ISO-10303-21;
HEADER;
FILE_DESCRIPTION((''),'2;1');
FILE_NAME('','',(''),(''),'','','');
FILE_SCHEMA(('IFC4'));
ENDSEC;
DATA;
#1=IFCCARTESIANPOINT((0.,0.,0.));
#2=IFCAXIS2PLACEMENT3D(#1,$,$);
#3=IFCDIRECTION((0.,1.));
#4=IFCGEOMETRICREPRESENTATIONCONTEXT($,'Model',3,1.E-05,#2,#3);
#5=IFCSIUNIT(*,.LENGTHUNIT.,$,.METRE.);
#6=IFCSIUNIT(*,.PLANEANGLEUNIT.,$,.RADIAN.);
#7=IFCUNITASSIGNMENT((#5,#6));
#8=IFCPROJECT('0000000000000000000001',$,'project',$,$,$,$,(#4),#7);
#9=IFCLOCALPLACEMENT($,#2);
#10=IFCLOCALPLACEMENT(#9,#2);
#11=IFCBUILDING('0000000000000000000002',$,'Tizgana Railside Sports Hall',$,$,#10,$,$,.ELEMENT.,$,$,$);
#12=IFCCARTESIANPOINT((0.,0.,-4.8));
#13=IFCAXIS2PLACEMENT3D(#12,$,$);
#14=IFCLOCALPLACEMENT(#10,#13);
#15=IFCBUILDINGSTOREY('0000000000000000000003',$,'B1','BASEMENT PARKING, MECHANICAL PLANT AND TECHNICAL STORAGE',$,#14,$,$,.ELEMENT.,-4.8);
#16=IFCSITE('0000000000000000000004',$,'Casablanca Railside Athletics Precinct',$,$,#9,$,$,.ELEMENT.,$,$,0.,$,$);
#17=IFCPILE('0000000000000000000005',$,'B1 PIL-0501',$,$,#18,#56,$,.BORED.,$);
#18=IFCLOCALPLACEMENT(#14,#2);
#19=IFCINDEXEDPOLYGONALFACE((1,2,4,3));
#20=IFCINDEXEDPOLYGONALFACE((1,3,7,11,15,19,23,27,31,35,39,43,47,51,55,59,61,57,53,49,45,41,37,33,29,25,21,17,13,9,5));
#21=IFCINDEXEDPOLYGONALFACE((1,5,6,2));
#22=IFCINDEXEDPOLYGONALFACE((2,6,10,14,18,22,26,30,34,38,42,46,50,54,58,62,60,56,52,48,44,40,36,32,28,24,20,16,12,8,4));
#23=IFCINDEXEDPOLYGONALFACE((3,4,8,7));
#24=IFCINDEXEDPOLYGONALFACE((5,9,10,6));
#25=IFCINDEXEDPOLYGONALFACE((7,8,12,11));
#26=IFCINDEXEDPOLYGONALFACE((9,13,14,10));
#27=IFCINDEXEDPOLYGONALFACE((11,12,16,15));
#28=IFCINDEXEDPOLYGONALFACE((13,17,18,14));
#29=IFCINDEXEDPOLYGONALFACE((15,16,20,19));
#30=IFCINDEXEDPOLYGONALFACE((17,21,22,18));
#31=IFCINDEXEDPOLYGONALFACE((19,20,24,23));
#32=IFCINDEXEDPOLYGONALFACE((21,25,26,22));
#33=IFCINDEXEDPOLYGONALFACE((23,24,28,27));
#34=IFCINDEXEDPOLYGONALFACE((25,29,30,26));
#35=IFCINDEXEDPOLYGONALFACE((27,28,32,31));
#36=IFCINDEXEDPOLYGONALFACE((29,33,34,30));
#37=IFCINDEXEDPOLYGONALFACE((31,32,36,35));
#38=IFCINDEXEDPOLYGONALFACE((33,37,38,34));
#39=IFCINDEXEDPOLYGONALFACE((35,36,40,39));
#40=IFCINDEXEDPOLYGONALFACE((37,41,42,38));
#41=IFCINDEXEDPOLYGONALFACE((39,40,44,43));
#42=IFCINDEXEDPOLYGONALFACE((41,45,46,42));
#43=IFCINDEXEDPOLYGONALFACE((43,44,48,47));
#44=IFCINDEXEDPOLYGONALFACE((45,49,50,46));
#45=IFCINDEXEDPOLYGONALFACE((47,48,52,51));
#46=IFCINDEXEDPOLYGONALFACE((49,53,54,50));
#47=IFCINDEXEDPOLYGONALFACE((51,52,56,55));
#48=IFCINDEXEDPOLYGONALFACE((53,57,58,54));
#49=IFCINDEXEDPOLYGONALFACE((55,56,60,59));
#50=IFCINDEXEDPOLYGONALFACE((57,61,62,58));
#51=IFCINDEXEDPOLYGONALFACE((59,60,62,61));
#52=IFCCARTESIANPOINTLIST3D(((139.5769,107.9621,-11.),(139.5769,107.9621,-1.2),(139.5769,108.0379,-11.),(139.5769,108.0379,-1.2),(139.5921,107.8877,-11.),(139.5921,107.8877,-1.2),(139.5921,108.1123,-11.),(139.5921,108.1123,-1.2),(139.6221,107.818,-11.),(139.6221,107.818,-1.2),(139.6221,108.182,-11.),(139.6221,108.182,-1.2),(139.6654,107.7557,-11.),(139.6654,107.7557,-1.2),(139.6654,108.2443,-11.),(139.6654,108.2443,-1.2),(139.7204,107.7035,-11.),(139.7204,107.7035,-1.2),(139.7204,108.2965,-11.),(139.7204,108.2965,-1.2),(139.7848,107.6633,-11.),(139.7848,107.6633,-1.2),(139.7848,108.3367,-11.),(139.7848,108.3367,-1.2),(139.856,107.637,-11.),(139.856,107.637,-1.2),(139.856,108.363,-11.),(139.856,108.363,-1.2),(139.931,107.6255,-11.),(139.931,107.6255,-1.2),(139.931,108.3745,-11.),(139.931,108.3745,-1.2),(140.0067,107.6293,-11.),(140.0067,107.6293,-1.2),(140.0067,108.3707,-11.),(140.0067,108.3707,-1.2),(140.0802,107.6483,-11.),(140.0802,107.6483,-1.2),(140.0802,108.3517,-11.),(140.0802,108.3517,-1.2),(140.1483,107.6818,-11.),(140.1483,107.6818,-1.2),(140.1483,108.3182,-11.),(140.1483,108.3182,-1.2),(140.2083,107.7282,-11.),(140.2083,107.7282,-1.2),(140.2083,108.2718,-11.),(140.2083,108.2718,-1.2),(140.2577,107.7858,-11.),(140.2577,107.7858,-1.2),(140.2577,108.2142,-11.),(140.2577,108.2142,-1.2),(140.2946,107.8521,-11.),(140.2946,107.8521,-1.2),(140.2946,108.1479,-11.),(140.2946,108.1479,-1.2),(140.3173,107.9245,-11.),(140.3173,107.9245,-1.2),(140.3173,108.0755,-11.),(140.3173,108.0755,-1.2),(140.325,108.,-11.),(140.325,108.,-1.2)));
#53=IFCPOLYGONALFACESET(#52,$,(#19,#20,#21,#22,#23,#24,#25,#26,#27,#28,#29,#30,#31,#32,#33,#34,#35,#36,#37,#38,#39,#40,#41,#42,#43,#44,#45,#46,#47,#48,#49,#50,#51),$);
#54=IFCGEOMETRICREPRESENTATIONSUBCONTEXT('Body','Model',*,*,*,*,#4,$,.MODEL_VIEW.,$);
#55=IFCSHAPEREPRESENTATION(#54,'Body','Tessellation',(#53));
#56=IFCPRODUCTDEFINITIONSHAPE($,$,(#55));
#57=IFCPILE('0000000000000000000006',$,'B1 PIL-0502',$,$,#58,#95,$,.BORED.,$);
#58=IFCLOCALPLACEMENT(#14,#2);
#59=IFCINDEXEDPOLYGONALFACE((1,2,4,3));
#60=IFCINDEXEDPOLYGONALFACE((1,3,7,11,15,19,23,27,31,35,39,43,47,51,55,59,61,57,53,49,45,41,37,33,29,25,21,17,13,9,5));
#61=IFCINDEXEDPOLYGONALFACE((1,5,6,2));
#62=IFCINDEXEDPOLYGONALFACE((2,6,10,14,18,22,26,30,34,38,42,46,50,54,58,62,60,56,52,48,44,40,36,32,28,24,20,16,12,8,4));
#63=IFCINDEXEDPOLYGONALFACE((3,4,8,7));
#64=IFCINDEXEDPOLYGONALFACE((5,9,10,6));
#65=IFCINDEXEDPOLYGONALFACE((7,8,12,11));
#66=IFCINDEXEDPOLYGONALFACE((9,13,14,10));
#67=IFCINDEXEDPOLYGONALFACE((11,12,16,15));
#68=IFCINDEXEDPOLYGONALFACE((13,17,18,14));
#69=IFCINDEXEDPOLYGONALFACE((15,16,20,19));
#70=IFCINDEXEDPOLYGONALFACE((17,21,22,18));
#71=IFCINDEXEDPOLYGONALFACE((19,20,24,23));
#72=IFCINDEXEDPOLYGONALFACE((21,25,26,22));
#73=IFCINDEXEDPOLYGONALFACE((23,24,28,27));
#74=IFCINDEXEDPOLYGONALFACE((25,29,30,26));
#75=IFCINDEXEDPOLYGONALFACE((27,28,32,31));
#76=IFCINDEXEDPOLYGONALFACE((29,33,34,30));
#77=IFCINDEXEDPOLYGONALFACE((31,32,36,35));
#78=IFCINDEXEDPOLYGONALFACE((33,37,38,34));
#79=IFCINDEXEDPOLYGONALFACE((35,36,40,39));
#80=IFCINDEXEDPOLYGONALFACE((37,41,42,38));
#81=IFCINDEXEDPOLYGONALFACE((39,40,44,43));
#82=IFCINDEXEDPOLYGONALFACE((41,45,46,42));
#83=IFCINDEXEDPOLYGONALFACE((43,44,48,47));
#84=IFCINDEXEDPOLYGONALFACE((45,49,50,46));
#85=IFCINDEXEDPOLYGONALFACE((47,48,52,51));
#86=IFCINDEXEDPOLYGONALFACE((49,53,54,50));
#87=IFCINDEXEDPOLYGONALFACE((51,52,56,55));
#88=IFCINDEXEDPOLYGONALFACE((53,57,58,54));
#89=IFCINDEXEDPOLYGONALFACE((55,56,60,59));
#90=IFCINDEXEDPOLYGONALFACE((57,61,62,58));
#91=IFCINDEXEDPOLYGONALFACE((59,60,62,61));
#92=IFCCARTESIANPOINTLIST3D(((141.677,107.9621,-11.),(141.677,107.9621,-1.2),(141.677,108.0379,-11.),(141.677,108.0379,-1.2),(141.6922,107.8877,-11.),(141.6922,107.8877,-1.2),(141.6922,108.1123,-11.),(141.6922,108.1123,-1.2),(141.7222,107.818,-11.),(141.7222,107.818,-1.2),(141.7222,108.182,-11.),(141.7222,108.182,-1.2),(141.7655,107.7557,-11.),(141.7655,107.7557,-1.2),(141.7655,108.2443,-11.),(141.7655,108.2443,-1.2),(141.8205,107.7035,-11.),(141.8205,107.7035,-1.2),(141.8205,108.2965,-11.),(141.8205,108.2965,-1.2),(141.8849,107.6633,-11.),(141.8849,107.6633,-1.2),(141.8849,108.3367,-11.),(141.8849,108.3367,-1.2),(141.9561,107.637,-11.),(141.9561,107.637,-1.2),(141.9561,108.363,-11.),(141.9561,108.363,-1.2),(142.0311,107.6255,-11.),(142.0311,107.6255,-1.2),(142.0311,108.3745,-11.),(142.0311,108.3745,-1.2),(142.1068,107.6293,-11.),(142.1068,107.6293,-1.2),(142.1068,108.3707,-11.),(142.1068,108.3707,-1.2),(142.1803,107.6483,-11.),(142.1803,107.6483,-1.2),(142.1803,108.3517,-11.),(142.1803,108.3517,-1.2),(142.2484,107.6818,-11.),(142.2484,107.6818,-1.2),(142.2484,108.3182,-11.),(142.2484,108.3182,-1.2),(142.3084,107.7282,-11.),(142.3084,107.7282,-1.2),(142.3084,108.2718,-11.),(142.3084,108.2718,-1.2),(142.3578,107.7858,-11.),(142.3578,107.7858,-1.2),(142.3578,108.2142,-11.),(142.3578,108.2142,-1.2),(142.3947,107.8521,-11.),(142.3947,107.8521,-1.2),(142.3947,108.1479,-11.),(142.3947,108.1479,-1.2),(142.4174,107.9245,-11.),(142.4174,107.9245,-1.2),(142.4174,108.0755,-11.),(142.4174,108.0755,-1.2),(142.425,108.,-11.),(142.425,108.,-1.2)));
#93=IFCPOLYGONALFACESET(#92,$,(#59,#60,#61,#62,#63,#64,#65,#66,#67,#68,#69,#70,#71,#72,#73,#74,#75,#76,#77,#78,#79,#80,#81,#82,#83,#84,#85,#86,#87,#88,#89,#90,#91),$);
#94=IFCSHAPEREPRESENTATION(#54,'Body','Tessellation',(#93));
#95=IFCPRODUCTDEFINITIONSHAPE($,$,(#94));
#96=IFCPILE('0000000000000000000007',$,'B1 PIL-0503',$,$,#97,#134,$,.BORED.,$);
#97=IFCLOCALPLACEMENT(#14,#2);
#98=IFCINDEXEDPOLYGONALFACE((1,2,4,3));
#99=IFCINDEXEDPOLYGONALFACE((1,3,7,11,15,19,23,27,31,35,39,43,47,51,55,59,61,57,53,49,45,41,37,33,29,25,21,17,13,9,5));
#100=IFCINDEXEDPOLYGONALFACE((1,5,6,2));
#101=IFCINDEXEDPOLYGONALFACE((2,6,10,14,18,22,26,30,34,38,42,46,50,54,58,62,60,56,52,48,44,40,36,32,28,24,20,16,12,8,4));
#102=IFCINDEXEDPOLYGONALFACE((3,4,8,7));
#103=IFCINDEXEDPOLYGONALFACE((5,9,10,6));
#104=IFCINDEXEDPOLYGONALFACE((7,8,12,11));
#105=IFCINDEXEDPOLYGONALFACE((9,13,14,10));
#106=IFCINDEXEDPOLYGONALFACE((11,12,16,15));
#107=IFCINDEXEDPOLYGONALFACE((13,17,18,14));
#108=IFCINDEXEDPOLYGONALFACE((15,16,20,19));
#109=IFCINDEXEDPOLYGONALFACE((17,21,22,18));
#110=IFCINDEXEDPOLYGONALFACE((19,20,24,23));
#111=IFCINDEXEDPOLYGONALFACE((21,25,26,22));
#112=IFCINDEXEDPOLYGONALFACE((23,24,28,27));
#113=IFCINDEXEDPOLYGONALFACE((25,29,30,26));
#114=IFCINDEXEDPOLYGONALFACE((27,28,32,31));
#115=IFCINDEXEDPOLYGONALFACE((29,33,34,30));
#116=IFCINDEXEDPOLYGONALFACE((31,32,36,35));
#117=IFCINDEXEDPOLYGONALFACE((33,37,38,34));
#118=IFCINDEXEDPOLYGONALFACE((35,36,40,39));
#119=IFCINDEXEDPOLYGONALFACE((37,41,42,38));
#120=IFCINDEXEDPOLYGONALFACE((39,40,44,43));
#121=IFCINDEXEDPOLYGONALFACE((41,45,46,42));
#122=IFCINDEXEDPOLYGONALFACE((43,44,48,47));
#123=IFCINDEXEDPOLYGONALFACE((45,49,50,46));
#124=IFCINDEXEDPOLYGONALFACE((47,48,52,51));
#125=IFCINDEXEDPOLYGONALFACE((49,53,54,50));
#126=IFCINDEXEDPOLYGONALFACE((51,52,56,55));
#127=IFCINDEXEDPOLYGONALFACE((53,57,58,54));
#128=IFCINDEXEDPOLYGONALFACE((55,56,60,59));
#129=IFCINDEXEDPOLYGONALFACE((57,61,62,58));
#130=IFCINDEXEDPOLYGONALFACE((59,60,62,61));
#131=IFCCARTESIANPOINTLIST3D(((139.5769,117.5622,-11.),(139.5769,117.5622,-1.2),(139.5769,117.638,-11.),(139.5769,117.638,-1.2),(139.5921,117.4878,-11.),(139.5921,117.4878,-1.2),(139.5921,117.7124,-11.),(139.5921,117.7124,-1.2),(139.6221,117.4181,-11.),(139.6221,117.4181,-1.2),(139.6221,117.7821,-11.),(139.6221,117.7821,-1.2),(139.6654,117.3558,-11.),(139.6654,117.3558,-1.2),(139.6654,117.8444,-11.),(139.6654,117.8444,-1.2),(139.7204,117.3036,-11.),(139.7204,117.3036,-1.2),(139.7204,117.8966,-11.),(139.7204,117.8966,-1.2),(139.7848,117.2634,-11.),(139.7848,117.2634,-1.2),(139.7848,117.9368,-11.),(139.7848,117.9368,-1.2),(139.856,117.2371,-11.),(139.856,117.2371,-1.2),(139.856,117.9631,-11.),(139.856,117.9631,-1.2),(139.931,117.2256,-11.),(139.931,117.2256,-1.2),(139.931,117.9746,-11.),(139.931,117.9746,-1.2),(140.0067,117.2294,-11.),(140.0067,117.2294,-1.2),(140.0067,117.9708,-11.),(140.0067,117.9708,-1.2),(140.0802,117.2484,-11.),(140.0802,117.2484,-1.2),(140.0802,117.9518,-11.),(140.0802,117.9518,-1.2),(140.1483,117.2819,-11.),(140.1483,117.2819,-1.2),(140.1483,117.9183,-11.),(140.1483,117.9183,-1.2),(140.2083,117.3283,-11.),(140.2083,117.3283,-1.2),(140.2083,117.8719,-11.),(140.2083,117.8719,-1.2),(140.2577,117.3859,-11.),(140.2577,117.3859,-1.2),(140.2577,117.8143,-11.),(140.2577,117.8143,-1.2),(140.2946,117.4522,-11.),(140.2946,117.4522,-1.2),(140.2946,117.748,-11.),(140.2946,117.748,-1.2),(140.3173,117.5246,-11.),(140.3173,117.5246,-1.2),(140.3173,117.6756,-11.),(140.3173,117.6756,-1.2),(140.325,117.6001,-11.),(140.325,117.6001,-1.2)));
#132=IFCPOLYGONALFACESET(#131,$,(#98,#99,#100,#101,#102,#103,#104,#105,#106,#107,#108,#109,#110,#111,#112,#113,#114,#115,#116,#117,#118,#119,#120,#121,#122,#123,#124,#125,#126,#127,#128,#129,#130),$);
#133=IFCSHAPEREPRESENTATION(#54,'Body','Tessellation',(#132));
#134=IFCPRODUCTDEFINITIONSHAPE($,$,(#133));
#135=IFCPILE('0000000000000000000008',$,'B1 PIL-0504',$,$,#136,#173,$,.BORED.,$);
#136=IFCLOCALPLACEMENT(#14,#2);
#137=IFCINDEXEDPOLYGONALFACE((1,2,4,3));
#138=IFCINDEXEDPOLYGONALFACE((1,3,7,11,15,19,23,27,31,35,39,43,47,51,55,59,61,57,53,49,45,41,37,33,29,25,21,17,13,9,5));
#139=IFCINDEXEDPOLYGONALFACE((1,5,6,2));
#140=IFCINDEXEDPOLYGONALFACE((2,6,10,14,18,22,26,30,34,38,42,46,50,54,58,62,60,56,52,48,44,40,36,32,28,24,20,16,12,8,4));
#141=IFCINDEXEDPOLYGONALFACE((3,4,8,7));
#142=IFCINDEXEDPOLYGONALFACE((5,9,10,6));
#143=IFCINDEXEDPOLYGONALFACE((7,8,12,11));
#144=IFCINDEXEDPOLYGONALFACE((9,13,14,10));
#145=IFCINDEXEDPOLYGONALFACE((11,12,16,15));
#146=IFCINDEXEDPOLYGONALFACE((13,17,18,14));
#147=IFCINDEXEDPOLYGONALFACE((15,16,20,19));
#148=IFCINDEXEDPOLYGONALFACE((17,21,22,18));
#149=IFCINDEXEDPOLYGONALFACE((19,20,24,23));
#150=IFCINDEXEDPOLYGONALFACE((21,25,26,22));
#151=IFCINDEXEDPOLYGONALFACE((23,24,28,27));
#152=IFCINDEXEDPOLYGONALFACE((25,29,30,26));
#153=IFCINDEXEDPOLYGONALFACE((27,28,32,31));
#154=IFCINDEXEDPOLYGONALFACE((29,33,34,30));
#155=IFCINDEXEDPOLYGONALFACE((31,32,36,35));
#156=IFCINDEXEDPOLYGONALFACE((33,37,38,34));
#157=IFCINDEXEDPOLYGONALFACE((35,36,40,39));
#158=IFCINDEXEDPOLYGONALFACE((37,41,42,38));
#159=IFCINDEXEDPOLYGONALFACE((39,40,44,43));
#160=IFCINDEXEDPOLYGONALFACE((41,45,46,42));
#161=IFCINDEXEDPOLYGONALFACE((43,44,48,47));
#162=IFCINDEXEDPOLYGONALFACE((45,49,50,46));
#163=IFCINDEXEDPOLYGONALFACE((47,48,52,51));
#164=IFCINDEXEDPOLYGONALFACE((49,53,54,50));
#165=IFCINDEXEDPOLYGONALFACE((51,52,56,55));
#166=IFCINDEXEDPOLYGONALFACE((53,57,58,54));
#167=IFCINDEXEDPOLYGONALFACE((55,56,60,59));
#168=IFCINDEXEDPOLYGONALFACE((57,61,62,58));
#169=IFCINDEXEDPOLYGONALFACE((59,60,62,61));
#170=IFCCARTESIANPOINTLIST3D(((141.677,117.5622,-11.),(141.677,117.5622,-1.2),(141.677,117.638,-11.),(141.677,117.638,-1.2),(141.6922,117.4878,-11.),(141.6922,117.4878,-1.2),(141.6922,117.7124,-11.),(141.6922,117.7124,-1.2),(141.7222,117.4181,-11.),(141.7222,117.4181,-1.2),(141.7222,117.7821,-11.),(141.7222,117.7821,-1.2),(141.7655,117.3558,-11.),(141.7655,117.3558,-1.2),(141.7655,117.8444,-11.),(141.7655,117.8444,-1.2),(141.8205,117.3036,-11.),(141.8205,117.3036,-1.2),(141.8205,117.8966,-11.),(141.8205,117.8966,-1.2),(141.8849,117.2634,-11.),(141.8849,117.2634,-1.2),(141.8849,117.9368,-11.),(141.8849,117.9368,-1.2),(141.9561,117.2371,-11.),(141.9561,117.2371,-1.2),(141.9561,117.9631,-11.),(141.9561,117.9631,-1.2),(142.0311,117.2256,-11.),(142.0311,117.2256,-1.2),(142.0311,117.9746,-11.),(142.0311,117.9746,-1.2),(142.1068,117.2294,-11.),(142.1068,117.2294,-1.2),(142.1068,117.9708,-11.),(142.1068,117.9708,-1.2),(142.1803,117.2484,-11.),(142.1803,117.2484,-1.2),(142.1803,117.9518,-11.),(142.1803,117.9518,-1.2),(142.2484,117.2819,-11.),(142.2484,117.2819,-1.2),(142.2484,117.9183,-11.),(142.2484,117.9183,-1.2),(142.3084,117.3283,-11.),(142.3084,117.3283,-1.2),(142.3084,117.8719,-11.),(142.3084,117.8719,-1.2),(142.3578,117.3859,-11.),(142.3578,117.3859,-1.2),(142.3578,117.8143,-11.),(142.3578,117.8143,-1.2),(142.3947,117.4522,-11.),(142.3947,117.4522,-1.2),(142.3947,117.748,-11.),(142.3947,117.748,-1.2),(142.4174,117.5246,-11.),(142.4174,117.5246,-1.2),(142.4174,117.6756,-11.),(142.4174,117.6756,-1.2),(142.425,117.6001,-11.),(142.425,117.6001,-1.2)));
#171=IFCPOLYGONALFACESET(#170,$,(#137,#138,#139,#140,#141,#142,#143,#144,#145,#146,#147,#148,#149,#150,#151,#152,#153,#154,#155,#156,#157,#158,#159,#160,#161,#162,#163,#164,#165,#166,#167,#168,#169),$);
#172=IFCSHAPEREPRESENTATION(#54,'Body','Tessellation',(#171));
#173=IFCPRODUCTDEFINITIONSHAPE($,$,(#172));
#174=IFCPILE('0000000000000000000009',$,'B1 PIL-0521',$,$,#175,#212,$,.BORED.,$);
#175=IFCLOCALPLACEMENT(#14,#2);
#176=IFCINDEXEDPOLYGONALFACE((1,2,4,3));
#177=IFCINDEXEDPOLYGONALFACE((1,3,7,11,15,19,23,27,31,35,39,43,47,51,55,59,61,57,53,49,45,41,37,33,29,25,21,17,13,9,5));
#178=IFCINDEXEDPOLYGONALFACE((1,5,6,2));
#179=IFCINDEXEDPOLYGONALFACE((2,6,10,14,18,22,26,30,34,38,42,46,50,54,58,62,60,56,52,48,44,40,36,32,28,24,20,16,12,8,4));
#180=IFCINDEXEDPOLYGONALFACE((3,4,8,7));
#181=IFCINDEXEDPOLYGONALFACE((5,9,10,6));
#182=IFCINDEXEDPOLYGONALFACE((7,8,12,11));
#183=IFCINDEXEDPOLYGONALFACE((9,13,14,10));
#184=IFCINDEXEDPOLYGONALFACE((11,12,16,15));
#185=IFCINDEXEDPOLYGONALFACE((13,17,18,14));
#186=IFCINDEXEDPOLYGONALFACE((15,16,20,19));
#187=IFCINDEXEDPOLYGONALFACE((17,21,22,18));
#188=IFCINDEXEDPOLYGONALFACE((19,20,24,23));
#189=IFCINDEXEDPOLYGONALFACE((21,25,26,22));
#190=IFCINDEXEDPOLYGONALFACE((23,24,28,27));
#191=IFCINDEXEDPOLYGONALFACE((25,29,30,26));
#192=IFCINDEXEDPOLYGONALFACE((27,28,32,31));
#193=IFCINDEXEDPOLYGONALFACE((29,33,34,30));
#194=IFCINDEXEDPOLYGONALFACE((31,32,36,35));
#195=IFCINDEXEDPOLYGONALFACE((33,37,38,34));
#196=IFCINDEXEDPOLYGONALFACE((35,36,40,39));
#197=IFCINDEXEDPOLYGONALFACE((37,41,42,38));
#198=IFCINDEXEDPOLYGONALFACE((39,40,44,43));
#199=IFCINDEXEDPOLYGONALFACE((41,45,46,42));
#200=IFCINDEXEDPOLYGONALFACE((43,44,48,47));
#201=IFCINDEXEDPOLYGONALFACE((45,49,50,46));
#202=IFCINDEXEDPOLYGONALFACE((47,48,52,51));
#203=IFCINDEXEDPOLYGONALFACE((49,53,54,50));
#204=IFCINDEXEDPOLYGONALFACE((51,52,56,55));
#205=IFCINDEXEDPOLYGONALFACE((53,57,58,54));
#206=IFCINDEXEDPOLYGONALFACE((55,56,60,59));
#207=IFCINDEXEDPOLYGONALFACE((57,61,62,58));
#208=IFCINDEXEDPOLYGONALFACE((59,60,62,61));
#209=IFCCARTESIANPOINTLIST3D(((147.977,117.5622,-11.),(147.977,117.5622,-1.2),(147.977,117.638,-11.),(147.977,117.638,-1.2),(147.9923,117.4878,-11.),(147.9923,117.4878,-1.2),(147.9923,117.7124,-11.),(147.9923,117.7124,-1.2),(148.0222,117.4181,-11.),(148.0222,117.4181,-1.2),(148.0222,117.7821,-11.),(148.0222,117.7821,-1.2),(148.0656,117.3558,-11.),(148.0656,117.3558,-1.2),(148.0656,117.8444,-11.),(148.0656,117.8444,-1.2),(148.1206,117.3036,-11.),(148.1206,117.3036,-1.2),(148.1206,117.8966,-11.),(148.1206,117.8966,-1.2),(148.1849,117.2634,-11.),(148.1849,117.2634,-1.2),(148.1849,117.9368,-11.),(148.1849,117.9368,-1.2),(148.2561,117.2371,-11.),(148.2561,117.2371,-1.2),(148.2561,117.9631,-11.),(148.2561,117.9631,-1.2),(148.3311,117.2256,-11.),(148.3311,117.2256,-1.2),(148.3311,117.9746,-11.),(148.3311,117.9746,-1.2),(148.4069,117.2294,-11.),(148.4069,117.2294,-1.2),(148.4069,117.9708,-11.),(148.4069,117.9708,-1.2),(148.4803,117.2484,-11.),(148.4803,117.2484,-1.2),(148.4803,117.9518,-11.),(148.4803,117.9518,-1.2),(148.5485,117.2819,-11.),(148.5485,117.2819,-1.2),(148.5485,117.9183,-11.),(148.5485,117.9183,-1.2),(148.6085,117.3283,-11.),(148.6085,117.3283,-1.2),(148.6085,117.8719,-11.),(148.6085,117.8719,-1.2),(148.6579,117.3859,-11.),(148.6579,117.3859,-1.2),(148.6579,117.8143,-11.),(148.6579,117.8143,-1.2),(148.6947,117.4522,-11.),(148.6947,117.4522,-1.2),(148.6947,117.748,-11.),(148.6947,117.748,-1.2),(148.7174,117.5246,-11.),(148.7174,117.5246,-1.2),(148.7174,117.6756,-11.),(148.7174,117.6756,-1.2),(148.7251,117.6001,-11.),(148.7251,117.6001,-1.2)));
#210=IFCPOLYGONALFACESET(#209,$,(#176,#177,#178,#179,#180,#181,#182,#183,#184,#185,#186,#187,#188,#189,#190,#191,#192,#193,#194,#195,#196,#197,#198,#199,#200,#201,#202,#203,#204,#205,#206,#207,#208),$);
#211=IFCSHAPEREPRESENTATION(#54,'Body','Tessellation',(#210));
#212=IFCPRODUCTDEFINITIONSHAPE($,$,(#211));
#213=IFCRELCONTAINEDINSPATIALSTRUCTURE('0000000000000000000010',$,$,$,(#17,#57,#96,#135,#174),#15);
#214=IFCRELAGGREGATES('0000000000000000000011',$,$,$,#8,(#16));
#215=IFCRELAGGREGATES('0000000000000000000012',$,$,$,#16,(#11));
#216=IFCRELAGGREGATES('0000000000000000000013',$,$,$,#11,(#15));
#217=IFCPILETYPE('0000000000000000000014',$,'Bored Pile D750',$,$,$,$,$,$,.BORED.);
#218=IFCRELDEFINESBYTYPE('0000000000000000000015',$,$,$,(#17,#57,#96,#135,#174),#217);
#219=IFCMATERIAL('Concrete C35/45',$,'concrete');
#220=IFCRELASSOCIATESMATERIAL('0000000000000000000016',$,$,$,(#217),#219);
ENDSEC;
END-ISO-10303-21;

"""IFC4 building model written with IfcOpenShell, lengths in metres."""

from ifc_helpers import new_model, si_unit, direction, frame, origin, origin_2d, place, context, subcontext, project, spatial, circle, extrude, material, material_profile, profile_set, type_object, element, save


model = new_model("IFC4")

# Units and contexts
model_context = context("Model", 3, precision=1e-05, world=origin(), true_north=direction((0.0, 1.0)))
body_context = subcontext(model_context, "Body", "Model", "MODEL_VIEW")
ifc_project = project(units=[si_unit("LENGTHUNIT", "METRE"), si_unit("PLANEANGLEUNIT", "RADIAN")], contexts=[model_context])

# Site, building, storey
site_placement = place(None, origin())
site = spatial("IfcSite", under=ifc_project, at=site_placement, Name="Casablanca Railside Athletics Precinct", CompositionType="ELEMENT", RefElevation=0.0)
building_placement = place(site_placement, origin())
building = spatial("IfcBuilding", under=site, at=building_placement, Name="Tizgana Railside Sports Hall", CompositionType="ELEMENT")
storey_placement = place(building_placement, frame((0.0, 0.0, -4.8)))
storey = spatial("IfcBuildingStorey", under=building, at=storey_placement, Name="B1", Description="BASEMENT PARKING, MECHANICAL PLANT AND TECHNICAL STORAGE", CompositionType="ELEMENT", Elevation=-4.8)

# Piles
ifc_material_1 = material(Name="Concrete C35/45", Category="concrete")
ifc_material_profile_1 = material_profile(ifc_material_1, circle(Radius=0.375, at=origin_2d()), Name="PILE D750")
ifc_profile_set_1 = profile_set([ifc_material_profile_1], Name="Concrete C35/45")
pile_type = type_object("IfcPileType", Name="Bored Pile D750", PredefinedType="BORED", material=ifc_profile_set_1)
for number, where, z_axis, x_axis, name in (
    (1, (139.95, 108.0, -1.2), (0.0, 0.0, -1.0), (1.0, 0.0, 0.0), "B1 PIL-0501"),
    (2, (142.05, 108.0, -1.2), (0.0, 0.0, -1.0), (1.0, 0.0, 0.0), "B1 PIL-0502"),
    (3, (139.95, 117.6001, -1.2), (0.0, 0.0, -1.0), (1.0, 0.0, 0.0), "B1 PIL-0503"),
    (4, (142.05, 117.6001, -1.2), (0.0, 0.0, -1.0), (1.0, 0.0, 0.0), "B1 PIL-0504"),
    (5, (148.3501, 117.6001, -1.2), (0.0, 0.0, -1.0), (1.0, 0.0, 0.0), "B1 PIL-0521"),
):
    element("IfcPile", number, at=place(storey_placement, frame(where, z_axis=z_axis, x_axis=x_axis)), inside=storey, type_object=pile_type, Name=name, PredefinedType="BORED", context=body_context, shape_type="SweptSolid", body=[
        extrude(circle(Radius=0.375, at=origin_2d()), origin(), (0.0, 0.0, 1.0), 9.8),
    ])

save(model, "model.ifc")
